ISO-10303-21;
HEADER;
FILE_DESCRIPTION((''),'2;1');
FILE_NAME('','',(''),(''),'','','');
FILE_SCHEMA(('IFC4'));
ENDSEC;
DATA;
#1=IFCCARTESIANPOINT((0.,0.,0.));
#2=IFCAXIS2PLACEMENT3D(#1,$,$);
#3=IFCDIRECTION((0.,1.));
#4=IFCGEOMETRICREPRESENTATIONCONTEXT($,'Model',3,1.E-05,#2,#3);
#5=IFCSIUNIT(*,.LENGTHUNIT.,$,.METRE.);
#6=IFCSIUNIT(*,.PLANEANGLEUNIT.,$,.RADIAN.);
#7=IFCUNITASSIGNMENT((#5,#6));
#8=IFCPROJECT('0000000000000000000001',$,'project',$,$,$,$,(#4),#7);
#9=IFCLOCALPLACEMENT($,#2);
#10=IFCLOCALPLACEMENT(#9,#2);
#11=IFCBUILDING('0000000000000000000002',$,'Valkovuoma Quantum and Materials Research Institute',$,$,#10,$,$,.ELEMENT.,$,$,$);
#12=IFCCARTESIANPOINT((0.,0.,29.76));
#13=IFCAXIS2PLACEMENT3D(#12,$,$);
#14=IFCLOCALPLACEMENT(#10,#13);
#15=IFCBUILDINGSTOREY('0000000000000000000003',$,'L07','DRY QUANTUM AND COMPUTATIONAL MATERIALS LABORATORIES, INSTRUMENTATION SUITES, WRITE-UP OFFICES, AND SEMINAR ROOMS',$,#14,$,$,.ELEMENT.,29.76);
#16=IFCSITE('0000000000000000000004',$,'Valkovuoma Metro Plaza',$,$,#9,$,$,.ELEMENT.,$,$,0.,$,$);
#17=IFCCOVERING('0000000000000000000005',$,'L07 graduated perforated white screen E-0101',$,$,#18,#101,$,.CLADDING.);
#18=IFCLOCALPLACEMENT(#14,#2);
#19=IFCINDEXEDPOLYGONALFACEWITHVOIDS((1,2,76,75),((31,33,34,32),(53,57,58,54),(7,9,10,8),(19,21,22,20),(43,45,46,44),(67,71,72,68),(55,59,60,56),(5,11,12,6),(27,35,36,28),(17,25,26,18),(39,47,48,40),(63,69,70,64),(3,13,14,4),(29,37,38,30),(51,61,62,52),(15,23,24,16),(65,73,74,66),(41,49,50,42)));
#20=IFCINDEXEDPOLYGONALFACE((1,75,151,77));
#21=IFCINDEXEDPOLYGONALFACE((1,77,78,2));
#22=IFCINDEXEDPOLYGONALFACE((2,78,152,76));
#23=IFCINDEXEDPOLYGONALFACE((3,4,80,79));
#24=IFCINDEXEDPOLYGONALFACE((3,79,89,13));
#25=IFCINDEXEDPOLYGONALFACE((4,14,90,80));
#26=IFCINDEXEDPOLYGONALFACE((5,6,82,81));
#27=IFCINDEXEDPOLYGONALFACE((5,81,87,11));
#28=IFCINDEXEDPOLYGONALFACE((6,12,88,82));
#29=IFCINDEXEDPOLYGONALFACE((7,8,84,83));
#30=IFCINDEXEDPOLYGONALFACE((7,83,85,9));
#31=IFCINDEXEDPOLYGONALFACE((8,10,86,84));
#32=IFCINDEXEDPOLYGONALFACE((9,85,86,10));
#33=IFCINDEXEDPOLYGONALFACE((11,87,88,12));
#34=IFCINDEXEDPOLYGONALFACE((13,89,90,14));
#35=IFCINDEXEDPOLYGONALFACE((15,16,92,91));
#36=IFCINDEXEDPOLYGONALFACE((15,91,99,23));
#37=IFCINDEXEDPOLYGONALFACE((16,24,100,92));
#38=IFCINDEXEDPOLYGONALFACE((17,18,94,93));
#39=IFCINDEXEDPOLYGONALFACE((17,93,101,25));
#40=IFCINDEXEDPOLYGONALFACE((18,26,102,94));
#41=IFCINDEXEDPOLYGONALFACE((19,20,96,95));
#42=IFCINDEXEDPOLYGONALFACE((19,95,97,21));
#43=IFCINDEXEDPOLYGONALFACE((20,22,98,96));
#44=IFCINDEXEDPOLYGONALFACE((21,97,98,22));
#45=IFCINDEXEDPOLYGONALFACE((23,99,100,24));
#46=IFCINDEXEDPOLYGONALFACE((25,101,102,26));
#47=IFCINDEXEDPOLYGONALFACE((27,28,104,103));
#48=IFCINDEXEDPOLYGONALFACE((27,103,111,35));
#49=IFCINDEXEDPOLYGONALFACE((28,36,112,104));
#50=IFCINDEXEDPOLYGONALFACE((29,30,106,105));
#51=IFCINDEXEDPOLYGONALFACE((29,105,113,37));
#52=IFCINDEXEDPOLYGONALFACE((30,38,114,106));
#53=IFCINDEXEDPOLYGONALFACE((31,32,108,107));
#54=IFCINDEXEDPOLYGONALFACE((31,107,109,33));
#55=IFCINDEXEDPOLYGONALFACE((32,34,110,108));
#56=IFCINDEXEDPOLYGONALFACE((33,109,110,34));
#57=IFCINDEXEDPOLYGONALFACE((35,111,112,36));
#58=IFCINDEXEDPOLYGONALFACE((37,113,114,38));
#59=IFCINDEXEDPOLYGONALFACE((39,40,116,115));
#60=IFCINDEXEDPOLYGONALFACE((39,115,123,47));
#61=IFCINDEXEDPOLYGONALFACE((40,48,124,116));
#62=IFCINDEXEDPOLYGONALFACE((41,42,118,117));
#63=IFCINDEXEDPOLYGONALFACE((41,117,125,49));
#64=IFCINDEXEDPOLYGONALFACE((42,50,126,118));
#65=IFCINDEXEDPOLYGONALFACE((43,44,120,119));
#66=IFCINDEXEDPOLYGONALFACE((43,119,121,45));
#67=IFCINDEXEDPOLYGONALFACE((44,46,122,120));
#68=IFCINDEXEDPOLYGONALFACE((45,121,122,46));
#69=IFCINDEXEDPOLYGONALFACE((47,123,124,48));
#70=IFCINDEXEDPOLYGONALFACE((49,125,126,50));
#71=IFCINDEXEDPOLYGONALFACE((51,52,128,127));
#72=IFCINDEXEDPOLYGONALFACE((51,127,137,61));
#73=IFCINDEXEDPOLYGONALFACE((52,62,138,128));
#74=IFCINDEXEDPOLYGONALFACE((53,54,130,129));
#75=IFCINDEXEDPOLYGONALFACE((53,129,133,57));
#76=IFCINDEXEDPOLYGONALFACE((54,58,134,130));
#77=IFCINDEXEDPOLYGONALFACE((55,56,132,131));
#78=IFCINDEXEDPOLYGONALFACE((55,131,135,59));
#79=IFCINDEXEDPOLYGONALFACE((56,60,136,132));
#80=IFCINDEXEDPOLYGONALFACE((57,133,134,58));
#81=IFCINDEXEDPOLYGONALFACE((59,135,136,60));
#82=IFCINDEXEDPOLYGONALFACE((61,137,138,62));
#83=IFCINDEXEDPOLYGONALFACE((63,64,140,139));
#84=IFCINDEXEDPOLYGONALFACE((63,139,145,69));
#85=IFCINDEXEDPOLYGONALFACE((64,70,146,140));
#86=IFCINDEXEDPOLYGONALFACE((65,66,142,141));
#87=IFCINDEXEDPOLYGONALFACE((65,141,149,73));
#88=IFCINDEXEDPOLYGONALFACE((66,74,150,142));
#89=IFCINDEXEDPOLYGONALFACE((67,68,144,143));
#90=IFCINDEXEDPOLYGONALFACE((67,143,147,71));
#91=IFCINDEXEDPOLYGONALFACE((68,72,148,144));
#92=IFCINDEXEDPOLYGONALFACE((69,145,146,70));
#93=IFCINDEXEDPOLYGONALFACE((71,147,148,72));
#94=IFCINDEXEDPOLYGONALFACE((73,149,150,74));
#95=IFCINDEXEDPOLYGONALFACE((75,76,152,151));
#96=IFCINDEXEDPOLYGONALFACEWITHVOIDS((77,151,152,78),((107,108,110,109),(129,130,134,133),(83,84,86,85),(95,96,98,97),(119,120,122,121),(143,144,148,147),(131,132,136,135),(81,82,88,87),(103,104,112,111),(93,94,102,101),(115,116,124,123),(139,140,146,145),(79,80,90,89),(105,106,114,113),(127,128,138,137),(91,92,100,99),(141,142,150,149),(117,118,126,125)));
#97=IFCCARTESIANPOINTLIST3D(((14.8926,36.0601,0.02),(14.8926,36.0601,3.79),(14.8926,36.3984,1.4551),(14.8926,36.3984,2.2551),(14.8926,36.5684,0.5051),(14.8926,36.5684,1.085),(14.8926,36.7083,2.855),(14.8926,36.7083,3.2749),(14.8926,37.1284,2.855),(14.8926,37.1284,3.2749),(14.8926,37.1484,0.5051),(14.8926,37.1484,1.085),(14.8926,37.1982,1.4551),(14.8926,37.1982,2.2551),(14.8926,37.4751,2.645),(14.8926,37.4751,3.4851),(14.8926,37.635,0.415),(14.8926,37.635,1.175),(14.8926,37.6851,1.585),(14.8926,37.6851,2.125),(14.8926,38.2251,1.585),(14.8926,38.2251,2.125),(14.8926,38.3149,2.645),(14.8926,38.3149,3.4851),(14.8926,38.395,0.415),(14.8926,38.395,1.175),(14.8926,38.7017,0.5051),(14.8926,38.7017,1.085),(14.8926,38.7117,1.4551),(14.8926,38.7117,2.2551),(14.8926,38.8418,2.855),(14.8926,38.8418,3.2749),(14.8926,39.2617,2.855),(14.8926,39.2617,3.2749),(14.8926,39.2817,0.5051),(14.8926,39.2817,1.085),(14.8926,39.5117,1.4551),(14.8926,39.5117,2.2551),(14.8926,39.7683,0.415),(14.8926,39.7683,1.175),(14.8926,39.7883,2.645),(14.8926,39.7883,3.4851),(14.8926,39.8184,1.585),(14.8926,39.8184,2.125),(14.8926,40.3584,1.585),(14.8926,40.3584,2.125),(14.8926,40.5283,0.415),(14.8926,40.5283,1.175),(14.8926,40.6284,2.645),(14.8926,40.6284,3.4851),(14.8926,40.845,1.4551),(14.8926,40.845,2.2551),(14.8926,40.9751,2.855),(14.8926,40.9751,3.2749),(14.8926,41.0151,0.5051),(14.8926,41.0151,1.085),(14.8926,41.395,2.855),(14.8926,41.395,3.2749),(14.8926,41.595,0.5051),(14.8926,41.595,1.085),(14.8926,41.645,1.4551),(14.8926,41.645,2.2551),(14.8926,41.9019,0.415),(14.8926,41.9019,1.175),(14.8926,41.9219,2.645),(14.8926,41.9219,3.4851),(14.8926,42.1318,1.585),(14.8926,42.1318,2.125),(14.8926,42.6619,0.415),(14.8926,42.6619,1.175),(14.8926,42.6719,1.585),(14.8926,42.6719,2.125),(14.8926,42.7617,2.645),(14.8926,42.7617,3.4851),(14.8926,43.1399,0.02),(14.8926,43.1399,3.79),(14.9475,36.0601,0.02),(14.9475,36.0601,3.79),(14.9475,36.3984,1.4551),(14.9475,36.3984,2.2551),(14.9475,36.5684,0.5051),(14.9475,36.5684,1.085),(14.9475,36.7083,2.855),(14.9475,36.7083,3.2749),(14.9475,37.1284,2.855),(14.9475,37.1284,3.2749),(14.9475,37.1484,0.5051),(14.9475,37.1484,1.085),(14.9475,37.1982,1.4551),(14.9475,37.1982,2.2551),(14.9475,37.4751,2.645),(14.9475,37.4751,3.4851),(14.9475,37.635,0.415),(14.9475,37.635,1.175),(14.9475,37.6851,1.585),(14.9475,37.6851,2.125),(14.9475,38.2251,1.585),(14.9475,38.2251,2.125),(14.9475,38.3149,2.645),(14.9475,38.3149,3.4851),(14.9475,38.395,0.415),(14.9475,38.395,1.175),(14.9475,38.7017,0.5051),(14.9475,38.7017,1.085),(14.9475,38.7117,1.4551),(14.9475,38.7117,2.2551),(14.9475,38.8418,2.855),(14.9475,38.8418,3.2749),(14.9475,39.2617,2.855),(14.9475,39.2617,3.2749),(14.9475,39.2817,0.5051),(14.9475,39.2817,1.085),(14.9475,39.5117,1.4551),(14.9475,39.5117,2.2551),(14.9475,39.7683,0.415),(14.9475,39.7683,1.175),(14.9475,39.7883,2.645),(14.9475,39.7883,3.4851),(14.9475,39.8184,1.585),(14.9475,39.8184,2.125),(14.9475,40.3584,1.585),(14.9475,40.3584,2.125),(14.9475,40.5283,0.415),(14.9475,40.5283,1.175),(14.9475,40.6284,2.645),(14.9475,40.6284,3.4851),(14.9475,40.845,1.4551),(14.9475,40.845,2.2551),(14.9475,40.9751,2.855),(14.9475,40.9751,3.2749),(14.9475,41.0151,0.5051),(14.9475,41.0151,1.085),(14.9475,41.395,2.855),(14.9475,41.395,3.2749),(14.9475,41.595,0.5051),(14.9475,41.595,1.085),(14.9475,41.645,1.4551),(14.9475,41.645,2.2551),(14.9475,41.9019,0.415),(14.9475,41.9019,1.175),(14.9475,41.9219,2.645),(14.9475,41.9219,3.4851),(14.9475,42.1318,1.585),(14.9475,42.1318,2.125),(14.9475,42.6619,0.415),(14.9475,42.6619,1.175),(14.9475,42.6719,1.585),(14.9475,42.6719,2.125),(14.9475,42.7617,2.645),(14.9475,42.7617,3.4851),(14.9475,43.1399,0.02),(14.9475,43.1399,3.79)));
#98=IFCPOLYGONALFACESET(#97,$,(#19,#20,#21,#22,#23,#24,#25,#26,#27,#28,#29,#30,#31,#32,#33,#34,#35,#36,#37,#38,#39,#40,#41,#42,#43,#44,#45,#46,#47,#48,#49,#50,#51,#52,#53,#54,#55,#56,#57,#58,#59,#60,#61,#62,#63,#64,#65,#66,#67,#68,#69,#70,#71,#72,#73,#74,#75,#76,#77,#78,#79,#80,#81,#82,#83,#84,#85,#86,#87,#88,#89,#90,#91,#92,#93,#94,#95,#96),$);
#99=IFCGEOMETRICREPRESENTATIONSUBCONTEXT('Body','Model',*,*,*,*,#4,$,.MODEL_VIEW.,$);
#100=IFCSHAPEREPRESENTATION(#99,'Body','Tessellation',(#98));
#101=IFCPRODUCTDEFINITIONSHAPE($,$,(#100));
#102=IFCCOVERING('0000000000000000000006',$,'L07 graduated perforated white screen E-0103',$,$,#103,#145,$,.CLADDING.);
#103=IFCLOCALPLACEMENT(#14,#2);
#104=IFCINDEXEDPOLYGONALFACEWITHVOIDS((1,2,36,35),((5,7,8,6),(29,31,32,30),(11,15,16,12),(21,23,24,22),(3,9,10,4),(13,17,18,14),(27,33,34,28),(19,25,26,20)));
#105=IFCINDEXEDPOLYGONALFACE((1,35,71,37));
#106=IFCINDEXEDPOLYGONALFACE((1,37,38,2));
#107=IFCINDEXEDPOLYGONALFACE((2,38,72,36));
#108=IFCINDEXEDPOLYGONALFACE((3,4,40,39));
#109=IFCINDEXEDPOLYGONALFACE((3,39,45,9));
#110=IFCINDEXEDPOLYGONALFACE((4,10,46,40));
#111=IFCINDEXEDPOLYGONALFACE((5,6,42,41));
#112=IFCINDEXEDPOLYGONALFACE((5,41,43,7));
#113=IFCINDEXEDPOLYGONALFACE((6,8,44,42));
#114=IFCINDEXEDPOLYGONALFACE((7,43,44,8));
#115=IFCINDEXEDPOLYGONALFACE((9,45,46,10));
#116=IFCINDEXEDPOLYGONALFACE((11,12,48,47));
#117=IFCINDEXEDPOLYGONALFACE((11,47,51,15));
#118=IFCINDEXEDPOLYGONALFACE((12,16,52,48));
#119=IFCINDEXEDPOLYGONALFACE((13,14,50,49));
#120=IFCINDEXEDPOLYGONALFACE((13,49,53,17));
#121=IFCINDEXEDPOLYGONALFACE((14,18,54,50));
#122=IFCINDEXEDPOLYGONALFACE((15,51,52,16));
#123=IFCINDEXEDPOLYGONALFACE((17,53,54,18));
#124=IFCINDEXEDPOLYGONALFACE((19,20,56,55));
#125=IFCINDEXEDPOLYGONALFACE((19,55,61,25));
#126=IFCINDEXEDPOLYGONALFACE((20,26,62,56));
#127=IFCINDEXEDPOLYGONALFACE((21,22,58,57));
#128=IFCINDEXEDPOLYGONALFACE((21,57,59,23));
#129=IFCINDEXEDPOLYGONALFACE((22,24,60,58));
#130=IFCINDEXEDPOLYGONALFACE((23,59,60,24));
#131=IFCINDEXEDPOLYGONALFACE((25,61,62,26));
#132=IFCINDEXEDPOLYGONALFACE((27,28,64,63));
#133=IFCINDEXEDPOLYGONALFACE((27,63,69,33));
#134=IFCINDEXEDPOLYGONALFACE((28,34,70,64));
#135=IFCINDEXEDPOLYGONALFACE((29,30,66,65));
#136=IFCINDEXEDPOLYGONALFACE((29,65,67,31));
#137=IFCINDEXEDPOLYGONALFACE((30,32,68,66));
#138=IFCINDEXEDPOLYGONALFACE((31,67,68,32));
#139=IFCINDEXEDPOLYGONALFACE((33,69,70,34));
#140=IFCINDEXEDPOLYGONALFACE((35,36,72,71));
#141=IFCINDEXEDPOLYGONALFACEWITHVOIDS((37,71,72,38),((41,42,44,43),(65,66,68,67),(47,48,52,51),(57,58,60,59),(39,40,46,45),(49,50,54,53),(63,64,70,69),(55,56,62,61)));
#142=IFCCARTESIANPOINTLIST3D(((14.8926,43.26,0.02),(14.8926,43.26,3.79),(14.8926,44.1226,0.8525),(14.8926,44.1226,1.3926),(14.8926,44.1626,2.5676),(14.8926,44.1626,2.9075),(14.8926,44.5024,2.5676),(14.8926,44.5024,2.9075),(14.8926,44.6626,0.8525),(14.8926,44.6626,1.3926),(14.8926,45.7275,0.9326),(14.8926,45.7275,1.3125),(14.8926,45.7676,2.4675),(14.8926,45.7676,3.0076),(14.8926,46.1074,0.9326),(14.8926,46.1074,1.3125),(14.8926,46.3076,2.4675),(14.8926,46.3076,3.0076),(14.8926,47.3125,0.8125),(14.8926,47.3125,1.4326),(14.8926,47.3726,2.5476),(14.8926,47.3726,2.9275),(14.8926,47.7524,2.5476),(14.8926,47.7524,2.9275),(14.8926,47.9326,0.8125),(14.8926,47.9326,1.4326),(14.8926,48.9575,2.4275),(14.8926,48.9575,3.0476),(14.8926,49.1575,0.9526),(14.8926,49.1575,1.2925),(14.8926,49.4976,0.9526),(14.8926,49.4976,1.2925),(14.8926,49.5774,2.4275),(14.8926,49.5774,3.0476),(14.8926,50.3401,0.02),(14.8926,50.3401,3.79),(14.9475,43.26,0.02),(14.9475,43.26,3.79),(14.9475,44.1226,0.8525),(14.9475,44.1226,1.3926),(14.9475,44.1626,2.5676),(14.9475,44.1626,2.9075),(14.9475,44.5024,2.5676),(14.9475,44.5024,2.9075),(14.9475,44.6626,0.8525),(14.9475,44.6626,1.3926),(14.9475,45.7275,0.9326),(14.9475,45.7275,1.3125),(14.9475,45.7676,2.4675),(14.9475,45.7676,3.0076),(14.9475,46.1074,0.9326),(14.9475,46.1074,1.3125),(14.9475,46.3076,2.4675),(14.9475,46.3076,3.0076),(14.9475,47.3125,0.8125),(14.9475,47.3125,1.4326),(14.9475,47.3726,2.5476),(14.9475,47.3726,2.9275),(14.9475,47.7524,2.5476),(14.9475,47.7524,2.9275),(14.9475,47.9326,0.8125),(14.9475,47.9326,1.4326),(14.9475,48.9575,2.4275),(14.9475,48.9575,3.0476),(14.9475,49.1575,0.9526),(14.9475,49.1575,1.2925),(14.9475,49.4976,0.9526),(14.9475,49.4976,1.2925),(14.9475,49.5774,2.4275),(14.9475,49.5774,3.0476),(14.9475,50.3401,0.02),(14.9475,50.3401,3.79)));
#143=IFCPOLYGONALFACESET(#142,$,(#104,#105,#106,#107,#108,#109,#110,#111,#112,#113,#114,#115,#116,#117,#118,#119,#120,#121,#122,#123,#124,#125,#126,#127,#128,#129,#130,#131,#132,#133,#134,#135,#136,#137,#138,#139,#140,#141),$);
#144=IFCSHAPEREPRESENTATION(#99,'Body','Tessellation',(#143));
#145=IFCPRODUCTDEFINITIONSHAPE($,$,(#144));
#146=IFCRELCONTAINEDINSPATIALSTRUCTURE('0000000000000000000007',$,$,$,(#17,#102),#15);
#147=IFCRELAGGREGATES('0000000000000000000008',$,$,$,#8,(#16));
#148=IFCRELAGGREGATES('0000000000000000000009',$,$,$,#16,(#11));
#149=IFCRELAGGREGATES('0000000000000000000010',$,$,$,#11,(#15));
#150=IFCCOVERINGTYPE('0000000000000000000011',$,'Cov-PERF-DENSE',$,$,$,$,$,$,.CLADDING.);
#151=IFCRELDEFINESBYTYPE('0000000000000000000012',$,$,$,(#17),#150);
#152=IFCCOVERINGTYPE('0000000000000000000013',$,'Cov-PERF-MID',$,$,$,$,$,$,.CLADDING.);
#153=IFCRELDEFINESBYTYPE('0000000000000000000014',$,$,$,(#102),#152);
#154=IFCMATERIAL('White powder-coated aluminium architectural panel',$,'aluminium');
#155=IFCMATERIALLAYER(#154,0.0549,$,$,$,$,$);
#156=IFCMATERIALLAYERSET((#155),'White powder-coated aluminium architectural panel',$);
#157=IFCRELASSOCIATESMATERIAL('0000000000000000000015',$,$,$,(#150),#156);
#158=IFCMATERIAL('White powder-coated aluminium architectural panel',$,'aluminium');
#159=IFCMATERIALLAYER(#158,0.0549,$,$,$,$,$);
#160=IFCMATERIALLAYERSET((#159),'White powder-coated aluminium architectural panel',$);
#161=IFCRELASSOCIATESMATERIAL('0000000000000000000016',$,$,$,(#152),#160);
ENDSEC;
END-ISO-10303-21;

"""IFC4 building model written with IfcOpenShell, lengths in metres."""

from ifc_helpers import new_model, si_unit, direction, frame, origin, place, context, subcontext, project, spatial, polyline, outline, extrude, material, layer, layer_set, type_object, element, save


model = new_model("IFC4")

# Units and contexts
model_context = context("Model", 3, precision=1e-05, world=origin(), true_north=direction((0.0, 1.0)))
body_context = subcontext(model_context, "Body", "Model", "MODEL_VIEW")
ifc_project = project(units=[si_unit("LENGTHUNIT", "METRE"), si_unit("PLANEANGLEUNIT", "RADIAN")], contexts=[model_context])

# Site, building, storey
site_placement = place(None, origin())
site = spatial("IfcSite", under=ifc_project, at=site_placement, Name="Valkovuoma Metro Plaza", CompositionType="ELEMENT", RefElevation=0.0)
building_placement = place(site_placement, origin())
building = spatial("IfcBuilding", under=site, at=building_placement, Name="Valkovuoma Quantum and Materials Research Institute", CompositionType="ELEMENT")
storey_placement = place(building_placement, frame((0.0, 0.0, 29.76)))
storey = spatial("IfcBuildingStorey", under=building, at=storey_placement, Name="L07", Description="DRY QUANTUM AND COMPUTATIONAL MATERIALS LABORATORIES, INSTRUMENTATION SUITES, WRITE-UP OFFICES, AND SEMINAR ROOMS", CompositionType="ELEMENT", Elevation=29.76)

# Coverings
ifc_material_1 = material(Name="White powder-coated aluminium architectural panel", Category="aluminium")
ifc_layer_1 = layer(ifc_material_1, 0.0549)
ifc_layer_set_1 = layer_set([ifc_layer_1], Name="White powder-coated aluminium architectural panel")
covering_type_1 = type_object("IfcCoveringType", Name="Cov-PERF-DENSE", PredefinedType="CLADDING", material=ifc_layer_set_1)
covering_1_placement = place(storey_placement, frame((14.9199, 36.0601, 0.02), z_axis=(0.0, 0.0, 1.0), x_axis=(0.0, 1.0, 0.0)))
element("IfcCovering", 1, at=covering_1_placement, inside=storey, type_object=covering_type_1, Name="L07 graduated perforated white screen E-0101", PredefinedType="CLADDING", context=body_context, shape_type="SweptSolid", body=[
    extrude(outline(polyline([(0.0, 0.0), (7.0798, 0.0), (7.0798, 3.77), (0.0, 3.77), (0.0, 0.0)]), holes=[polyline([(0.5083, 0.4851), (0.5083, 1.0649), (1.0884, 1.0649), (1.0884, 0.4851), (0.5083, 0.4851)]), polyline([(0.3384, 1.4351), (0.3384, 2.2351), (1.1382, 2.2351), (1.1382, 1.4351), (0.3384, 1.4351)]), polyline([(0.6482, 2.835), (0.6482, 3.2549), (1.0684, 3.2549), (1.0684, 2.835), (0.6482, 2.835)]), polyline([(1.575, 0.395), (1.575, 1.155), (2.335, 1.155), (2.335, 0.395), (1.575, 0.395)]), polyline([(1.625, 1.5649), (1.625, 2.105), (2.165, 2.105), (2.165, 1.5649), (1.625, 1.5649)]), polyline([(1.415, 2.625), (1.415, 3.4651), (2.2549, 3.4651), (2.2549, 2.625), (1.415, 2.625)]), polyline([(2.6416, 0.4851), (2.6416, 1.0649), (3.2217, 1.0649), (3.2217, 0.4851), (2.6416, 0.4851)]), polyline([(2.6516, 1.4351), (2.6516, 2.2351), (3.4517, 2.2351), (3.4517, 1.4351), (2.6516, 1.4351)]), polyline([(2.7817, 2.835), (2.7817, 3.2549), (3.2017, 3.2549), (3.2017, 2.835), (2.7817, 2.835)]), polyline([(3.7083, 0.395), (3.7083, 1.155), (4.4683, 1.155), (4.4683, 0.395), (3.7083, 0.395)]), polyline([(3.7583, 1.5649), (3.7583, 2.105), (4.2983, 2.105), (4.2983, 1.5649), (3.7583, 1.5649)]), polyline([(3.7283, 2.625), (3.7283, 3.4651), (4.5684, 3.4651), (4.5684, 2.625), (3.7283, 2.625)]), polyline([(4.9551, 0.4851), (4.9551, 1.0649), (5.5349, 1.0649), (5.5349, 0.4851), (4.9551, 0.4851)]), polyline([(4.7849, 1.4351), (4.7849, 2.2351), (5.585, 2.2351), (5.585, 1.4351), (4.7849, 1.4351)]), polyline([(4.915, 2.835), (4.915, 3.2549), (5.335, 3.2549), (5.335, 2.835), (4.915, 2.835)]), polyline([(5.8418, 0.395), (5.8418, 1.155), (6.6018, 1.155), (6.6018, 0.395), (5.8418, 0.395)]), polyline([(6.0718, 1.5649), (6.0718, 2.105), (6.6118, 2.105), (6.6118, 1.5649), (6.0718, 1.5649)]), polyline([(5.8618, 2.625), (5.8618, 3.4651), (6.7017, 3.4651), (6.7017, 2.625), (5.8618, 2.625)])]), frame((0.0, 0.0273, 0.0), z_axis=(0.0, -1.0, 0.0), x_axis=(1.0, 0.0, 0.0)), (0.0, 0.0, 1.0), 0.0549),
])
ifc_material_2 = material(Name="White powder-coated aluminium architectural panel", Category="aluminium")
ifc_layer_2 = layer(ifc_material_2, 0.0549)
ifc_layer_set_2 = layer_set([ifc_layer_2], Name="White powder-coated aluminium architectural panel")
covering_type_2 = type_object("IfcCoveringType", Name="Cov-PERF-MID", PredefinedType="CLADDING", material=ifc_layer_set_2)
covering_2_placement = place(storey_placement, frame((14.9199, 43.26, 0.02), z_axis=(0.0, 0.0, 1.0), x_axis=(0.0, 1.0, 0.0)))
element("IfcCovering", 2, at=covering_2_placement, inside=storey, type_object=covering_type_2, Name="L07 graduated perforated white screen E-0103", PredefinedType="CLADDING", context=body_context, shape_type="SweptSolid", body=[
    extrude(outline(polyline([(0.0, 0.0), (7.0801, 0.0), (7.0801, 3.77), (0.0, 3.77), (0.0, 0.0)]), holes=[polyline([(0.8625, 0.8325), (0.8625, 1.3726), (1.4026, 1.3726), (1.4026, 0.8325), (0.8625, 0.8325)]), polyline([(0.9026, 2.5476), (0.9026, 2.8875), (1.2424, 2.8875), (1.2424, 2.5476), (0.9026, 2.5476)]), polyline([(2.4675, 0.9126), (2.4675, 1.2925), (2.8474, 1.2925), (2.8474, 0.9126), (2.4675, 0.9126)]), polyline([(2.5076, 2.4475), (2.5076, 2.9875), (3.0476, 2.9875), (3.0476, 2.4475), (2.5076, 2.4475)]), polyline([(4.0525, 0.7925), (4.0525, 1.4126), (4.6726, 1.4126), (4.6726, 0.7925), (4.0525, 0.7925)]), polyline([(4.1125, 2.5276), (4.1125, 2.9075), (4.4924, 2.9075), (4.4924, 2.5276), (4.1125, 2.5276)]), polyline([(5.8975, 0.9326), (5.8975, 1.2725), (6.2375, 1.2725), (6.2375, 0.9326), (5.8975, 0.9326)]), polyline([(5.6975, 2.4075), (5.6975, 3.0276), (6.3174, 3.0276), (6.3174, 2.4075), (5.6975, 2.4075)])]), frame((0.0, 0.0273, 0.0), z_axis=(0.0, -1.0, 0.0), x_axis=(1.0, 0.0, 0.0)), (0.0, 0.0, 1.0), 0.0549),
])

save(model, "model.ifc")
